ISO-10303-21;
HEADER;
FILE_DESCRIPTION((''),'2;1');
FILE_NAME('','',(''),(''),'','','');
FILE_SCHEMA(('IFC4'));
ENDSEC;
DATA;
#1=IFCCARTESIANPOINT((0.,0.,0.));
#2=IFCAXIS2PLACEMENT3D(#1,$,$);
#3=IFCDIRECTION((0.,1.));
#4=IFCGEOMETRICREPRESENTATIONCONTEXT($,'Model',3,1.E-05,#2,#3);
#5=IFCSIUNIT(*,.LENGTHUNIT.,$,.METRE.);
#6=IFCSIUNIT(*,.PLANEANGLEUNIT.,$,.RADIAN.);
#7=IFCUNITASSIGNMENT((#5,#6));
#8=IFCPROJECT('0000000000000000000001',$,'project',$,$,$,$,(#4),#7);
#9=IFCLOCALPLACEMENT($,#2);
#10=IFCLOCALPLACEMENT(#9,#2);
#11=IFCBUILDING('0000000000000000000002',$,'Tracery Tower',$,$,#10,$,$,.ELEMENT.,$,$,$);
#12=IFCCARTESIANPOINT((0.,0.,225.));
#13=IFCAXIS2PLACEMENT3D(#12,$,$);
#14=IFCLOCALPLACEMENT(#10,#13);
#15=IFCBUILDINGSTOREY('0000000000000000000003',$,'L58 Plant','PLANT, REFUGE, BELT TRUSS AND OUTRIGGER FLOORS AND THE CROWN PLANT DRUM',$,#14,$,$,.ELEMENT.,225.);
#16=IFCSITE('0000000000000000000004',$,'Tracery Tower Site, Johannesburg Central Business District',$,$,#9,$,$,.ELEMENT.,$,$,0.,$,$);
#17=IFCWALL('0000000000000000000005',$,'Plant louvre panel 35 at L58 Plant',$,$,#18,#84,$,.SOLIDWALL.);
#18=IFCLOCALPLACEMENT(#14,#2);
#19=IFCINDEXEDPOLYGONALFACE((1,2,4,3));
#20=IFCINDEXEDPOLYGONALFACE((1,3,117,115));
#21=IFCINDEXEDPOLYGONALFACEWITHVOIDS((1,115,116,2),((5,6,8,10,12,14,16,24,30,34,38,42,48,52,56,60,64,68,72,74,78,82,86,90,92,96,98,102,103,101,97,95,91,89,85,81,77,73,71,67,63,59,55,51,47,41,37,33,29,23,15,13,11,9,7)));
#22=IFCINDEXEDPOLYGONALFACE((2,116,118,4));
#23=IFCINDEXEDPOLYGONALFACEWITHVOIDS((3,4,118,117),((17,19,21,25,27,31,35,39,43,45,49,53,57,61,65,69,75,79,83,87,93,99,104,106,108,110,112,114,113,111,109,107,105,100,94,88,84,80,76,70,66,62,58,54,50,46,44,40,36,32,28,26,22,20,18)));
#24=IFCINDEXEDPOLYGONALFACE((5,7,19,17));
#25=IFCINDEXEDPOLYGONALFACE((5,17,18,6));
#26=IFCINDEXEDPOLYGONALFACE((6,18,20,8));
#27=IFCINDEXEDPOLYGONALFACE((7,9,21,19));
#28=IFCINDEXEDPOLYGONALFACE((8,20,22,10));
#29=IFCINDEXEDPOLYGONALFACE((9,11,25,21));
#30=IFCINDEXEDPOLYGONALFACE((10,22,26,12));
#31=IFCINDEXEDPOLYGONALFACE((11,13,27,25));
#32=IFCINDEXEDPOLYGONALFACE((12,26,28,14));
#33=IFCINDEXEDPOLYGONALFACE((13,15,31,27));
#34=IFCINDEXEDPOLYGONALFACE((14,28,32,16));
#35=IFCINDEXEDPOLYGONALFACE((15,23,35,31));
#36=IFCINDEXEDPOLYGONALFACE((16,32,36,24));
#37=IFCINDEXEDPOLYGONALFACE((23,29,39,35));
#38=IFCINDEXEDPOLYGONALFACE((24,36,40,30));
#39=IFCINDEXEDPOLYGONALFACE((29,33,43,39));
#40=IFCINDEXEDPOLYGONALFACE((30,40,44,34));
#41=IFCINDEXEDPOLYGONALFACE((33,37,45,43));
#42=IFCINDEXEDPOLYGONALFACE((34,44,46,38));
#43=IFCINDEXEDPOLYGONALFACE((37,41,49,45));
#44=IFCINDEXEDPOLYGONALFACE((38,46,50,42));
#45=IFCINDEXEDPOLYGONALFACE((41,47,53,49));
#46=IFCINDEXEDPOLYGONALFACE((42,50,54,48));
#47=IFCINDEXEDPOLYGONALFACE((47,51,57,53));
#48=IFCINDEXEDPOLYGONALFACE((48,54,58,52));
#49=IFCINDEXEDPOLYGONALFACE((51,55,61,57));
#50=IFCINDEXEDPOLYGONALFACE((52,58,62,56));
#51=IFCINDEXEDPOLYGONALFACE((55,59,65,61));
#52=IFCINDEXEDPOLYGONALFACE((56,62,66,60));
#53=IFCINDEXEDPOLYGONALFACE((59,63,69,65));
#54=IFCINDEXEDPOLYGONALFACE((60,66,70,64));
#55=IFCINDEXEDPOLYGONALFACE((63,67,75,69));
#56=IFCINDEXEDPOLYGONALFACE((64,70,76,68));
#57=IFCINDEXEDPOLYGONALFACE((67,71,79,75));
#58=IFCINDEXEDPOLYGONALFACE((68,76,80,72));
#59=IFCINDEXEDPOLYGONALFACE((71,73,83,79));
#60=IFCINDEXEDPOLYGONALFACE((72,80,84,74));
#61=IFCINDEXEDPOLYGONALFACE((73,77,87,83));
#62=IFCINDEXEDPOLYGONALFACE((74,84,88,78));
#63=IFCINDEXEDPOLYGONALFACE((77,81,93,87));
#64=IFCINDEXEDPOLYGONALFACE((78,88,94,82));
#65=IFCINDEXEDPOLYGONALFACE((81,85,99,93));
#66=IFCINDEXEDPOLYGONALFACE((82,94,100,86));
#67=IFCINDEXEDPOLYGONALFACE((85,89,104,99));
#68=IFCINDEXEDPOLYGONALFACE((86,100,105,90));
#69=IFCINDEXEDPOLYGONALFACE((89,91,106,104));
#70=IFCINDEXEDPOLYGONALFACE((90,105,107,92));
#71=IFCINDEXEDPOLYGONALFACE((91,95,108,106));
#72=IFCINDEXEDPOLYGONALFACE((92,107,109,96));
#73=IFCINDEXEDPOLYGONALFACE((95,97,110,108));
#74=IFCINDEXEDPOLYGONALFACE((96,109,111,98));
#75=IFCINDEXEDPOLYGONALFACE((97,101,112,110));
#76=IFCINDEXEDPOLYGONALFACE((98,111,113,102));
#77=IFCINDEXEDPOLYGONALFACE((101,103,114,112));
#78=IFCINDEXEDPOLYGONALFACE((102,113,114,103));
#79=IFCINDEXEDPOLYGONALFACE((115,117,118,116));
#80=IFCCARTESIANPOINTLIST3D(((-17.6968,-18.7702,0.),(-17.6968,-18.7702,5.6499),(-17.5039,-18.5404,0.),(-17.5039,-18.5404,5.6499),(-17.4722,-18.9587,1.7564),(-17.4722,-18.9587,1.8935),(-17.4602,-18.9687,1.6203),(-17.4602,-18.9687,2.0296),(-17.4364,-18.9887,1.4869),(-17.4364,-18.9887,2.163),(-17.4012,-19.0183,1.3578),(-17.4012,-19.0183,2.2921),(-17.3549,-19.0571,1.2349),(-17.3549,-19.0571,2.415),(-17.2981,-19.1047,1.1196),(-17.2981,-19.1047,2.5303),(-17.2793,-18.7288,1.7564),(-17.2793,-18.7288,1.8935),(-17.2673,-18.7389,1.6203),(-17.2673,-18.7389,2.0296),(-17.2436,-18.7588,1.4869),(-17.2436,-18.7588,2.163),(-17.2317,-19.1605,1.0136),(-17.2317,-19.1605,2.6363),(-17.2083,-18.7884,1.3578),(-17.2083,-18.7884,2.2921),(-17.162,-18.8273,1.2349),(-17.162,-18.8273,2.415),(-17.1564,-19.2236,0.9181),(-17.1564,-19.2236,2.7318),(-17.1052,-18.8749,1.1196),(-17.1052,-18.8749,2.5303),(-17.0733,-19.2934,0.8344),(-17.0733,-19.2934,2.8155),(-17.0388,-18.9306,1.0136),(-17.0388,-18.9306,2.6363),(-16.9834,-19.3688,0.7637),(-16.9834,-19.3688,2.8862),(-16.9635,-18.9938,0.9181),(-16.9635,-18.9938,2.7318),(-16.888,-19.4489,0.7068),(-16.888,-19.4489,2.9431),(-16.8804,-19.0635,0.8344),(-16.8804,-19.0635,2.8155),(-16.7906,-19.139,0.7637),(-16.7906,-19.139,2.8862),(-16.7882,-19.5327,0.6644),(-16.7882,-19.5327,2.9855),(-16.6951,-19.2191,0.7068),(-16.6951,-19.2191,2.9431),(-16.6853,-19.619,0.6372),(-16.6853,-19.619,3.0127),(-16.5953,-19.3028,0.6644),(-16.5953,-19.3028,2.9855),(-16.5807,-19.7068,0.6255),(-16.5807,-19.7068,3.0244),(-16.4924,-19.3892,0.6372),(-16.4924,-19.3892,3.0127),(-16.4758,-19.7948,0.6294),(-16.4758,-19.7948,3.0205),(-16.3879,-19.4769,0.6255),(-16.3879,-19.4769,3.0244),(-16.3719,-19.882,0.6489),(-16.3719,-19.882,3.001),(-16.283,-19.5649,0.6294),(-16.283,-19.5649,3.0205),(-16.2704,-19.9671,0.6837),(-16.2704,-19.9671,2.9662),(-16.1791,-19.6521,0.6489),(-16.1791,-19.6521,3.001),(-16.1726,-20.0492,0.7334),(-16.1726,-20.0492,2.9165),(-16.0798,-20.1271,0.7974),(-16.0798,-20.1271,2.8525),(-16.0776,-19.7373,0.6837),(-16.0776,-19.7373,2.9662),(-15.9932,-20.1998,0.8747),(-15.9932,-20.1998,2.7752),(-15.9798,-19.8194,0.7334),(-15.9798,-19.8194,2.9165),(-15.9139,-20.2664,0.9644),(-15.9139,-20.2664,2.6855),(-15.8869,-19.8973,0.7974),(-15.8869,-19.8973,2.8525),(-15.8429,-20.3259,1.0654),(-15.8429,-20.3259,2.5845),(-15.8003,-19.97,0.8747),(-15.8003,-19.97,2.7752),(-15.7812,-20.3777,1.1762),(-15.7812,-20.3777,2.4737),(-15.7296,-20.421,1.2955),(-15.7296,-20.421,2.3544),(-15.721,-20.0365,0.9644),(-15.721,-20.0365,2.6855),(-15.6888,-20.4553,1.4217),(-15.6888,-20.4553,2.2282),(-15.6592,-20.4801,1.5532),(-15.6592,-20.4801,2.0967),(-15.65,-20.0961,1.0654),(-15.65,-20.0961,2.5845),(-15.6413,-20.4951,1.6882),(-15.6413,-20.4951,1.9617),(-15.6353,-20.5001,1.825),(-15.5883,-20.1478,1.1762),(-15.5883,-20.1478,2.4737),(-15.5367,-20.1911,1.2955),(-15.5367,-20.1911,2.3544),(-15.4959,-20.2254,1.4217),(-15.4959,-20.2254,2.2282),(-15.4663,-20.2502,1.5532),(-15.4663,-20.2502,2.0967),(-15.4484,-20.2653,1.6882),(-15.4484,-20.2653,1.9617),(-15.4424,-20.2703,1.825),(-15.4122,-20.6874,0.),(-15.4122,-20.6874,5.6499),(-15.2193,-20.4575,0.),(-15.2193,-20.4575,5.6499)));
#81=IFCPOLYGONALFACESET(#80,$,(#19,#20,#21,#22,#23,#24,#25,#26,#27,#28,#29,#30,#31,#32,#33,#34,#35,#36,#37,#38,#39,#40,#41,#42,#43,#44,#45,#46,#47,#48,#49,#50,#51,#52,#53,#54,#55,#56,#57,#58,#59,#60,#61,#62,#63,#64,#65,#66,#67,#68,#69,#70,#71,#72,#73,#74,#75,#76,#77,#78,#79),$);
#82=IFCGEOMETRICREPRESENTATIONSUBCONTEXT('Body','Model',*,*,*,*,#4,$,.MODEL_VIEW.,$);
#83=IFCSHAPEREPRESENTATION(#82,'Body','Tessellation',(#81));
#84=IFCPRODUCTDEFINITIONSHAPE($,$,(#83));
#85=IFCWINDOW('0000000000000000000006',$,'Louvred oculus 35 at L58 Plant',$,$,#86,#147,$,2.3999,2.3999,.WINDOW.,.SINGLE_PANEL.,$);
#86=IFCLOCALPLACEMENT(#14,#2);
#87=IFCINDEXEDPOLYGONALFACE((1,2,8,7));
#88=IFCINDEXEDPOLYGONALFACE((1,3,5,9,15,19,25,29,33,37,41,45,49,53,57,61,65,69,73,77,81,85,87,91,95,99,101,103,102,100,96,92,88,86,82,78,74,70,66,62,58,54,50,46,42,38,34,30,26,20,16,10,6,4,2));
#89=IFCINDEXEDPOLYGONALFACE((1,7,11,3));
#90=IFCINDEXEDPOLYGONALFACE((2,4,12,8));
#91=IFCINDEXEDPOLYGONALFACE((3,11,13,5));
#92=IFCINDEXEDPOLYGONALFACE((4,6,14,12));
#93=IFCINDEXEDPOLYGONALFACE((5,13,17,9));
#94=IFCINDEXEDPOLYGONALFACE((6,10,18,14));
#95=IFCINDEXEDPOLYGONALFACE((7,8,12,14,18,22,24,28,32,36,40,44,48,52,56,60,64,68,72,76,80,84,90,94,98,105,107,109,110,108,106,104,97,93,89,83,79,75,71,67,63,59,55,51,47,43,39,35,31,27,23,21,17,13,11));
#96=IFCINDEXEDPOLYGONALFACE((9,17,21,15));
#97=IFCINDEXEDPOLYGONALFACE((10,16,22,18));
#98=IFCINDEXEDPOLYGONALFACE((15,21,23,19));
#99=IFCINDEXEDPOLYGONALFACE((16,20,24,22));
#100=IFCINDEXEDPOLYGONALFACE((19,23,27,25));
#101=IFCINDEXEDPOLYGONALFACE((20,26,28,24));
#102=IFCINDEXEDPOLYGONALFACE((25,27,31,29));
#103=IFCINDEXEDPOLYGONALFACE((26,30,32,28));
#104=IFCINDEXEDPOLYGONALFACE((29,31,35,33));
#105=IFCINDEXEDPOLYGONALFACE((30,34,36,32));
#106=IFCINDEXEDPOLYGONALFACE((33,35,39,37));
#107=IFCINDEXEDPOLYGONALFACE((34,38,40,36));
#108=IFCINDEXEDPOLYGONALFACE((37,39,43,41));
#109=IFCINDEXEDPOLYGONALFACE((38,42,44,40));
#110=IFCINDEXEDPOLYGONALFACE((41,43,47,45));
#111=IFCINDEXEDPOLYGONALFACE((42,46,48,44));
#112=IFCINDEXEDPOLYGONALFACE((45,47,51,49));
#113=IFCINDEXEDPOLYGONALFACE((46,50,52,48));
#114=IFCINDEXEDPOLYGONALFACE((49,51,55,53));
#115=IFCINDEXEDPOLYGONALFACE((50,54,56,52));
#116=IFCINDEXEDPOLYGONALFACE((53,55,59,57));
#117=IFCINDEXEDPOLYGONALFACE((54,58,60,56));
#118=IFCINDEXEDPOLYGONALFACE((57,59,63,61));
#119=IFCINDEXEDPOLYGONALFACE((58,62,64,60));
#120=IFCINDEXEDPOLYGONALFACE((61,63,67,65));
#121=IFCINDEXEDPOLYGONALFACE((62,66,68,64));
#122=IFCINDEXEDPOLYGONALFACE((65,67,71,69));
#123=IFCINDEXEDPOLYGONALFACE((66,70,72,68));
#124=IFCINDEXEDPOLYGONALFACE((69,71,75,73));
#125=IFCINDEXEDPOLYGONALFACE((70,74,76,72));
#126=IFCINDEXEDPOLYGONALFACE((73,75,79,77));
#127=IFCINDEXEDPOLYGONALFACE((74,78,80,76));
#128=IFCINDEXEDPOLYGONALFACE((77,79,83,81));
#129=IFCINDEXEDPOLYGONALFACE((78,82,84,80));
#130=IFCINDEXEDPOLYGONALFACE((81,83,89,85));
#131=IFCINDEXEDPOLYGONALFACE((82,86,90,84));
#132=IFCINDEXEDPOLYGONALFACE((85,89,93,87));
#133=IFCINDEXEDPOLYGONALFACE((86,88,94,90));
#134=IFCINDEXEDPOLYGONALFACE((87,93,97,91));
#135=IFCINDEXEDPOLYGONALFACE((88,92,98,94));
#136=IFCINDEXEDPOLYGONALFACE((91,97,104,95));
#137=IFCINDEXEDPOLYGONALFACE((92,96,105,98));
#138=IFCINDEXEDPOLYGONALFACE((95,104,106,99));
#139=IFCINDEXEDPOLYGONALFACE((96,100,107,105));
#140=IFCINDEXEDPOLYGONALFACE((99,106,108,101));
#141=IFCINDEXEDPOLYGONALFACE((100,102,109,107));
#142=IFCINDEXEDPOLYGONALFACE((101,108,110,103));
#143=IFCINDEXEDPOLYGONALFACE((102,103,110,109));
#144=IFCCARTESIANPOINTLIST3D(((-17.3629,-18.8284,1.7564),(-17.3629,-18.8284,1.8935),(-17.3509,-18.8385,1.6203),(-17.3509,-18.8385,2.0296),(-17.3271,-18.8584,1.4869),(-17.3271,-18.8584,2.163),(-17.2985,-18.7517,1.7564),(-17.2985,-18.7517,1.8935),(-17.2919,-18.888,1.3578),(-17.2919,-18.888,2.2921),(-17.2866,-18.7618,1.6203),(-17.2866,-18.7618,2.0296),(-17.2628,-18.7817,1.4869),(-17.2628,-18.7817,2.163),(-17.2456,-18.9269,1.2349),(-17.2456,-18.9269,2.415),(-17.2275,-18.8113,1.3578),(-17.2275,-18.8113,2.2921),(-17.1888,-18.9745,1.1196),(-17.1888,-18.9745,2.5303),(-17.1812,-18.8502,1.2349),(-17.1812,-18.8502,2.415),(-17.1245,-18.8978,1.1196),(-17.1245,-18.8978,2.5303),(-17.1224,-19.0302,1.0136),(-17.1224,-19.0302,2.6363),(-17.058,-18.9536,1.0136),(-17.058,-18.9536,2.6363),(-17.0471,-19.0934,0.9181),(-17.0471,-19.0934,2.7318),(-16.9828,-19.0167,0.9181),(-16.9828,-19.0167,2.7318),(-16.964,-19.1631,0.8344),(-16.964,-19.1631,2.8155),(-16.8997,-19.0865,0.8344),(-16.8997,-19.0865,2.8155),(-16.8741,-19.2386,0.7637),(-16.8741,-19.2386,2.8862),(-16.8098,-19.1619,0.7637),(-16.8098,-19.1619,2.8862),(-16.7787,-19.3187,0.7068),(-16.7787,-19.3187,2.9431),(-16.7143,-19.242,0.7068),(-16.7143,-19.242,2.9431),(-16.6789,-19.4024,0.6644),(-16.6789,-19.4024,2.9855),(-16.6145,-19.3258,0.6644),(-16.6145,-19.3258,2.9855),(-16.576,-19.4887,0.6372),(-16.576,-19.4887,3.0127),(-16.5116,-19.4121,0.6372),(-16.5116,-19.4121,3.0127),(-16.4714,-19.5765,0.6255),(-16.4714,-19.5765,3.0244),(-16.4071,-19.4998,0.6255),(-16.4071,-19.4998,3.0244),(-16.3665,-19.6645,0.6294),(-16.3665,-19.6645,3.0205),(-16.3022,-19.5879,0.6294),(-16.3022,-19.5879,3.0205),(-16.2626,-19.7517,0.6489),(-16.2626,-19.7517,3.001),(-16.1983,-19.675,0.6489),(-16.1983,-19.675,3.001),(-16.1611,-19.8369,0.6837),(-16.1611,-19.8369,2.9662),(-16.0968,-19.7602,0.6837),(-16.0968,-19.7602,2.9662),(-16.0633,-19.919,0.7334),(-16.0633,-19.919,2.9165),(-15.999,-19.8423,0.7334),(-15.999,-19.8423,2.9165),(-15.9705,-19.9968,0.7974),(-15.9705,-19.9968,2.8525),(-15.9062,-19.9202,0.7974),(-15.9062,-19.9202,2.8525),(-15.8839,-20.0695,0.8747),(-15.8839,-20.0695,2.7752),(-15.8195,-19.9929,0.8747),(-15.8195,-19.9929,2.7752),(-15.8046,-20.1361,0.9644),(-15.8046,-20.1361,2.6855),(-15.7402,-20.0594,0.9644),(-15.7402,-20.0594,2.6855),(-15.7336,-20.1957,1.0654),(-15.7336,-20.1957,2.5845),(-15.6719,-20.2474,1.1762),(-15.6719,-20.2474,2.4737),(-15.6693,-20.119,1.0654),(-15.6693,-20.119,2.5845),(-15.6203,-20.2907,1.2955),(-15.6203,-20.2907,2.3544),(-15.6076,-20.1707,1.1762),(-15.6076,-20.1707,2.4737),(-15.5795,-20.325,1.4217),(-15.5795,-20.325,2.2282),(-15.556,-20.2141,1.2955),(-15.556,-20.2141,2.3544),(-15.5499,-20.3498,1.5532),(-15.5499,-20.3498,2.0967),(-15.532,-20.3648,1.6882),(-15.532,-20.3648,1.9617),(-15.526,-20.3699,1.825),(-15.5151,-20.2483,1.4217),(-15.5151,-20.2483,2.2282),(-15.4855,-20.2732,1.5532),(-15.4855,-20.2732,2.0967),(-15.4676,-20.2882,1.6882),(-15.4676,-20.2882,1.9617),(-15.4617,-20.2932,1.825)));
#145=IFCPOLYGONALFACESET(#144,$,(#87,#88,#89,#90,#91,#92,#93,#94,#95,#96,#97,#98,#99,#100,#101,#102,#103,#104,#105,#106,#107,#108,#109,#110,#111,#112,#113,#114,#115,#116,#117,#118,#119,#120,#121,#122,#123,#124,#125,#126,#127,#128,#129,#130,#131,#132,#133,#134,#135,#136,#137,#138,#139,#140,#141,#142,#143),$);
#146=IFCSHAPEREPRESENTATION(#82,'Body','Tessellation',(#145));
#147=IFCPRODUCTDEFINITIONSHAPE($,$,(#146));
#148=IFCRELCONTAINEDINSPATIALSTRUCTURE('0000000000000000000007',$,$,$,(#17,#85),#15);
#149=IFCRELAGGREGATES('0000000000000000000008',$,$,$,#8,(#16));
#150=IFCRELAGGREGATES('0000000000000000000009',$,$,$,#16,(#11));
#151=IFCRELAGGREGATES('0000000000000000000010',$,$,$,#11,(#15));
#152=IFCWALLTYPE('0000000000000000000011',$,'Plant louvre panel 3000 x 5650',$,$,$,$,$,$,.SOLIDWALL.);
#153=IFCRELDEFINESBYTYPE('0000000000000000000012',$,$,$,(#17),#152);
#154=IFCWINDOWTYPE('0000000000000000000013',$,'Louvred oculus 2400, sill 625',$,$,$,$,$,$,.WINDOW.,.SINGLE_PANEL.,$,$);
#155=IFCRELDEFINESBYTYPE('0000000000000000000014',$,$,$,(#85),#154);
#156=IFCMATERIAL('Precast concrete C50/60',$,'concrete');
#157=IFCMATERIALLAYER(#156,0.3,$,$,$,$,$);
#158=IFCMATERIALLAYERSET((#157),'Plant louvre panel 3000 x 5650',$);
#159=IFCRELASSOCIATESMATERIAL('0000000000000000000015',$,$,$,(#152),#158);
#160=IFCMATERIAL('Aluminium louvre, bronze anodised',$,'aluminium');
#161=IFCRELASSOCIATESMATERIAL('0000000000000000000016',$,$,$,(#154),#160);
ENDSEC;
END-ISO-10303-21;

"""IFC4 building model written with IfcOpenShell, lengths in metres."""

from ifc_helpers import new_model, si_unit, direction, frame, frame_2d, origin, origin_2d, place, context, subcontext, project, spatial, rectangle, circle, extrude, material, layer, layer_set, type_object, element, fill, save


model = new_model("IFC4")

# Units and contexts
model_context = context("Model", 3, precision=1e-05, world=origin(), true_north=direction((0.0, 1.0)))
body_context = subcontext(model_context, "Body", "Model", "MODEL_VIEW")
ifc_project = project(units=[si_unit("LENGTHUNIT", "METRE"), si_unit("PLANEANGLEUNIT", "RADIAN")], contexts=[model_context])

# Site, building, storey
site_placement = place(None, origin())
site = spatial("IfcSite", under=ifc_project, at=site_placement, Name="Tracery Tower Site, Johannesburg Central Business District", CompositionType="ELEMENT", RefElevation=0.0)
building_placement = place(site_placement, origin())
building = spatial("IfcBuilding", under=site, at=building_placement, Name="Tracery Tower", CompositionType="ELEMENT")
storey_placement = place(building_placement, frame((0.0, 0.0, 225.0)))
storey = spatial("IfcBuildingStorey", under=building, at=storey_placement, Name="L58 Plant", Description="PLANT, REFUGE, BELT TRUSS AND OUTRIGGER FLOORS AND THE CROWN PLANT DRUM", CompositionType="ELEMENT", Elevation=225.0)

# Wall, opening, window
ifc_material_1 = material(Name="Precast concrete C50/60", Category="concrete")
ifc_layer_1 = layer(ifc_material_1, 0.3)
ifc_layer_set_1 = layer_set([ifc_layer_1], Name="Plant louvre panel 3000 x 5650")
wall_type_1 = type_object("IfcWallType", Name="Plant louvre panel 3000 x 5650", PredefinedType="SOLIDWALL", material=ifc_layer_set_1)
ifc_material_2 = material(Name="Aluminium louvre, bronze anodised", Category="aluminium")
window_type = type_object("IfcWindowType", Name="Louvred oculus 2400, sill 625", PartitioningType="SINGLE_PANEL", PredefinedType="WINDOW", material=ifc_material_2)
wall_1_placement = place(storey_placement, frame((-17.6003, -18.6553, 0.0), z_axis=(0.0, 0.0, 1.0), x_axis=(0.766016, -0.642822, 0.0)))
wall_1 = element("IfcWall", 1, at=wall_1_placement, inside=storey, type_object=wall_type_1, Name="Plant louvre panel 35 at L58 Plant", PredefinedType="SOLIDWALL", context=body_context, shape_type="SweptSolid", body=[
    extrude(rectangle(XDim=2.9824, YDim=0.3, at=frame_2d((1.4912, 0.0))), origin(), (0.0, 0.0, 1.0), 5.6499),
])
opening_1_placement = place(wall_1_placement, frame((1.4912, 0.0, 1.825)))
opening_1 = element("IfcOpeningElement", 2, at=opening_1_placement, cuts=wall_1, PredefinedType="OPENING", context=body_context, shape_type="SweptSolid", body=[
    extrude(circle(Radius=1.2, at=origin_2d()), frame((0.0, 0.1599, 0.0), z_axis=(0.0, -1.0, 0.0), x_axis=(1.0, 0.0, 0.0)), (0.0, 0.0, 1.0), 0.3201),
])
window_1_placement = place(opening_1_placement, origin())
window_1 = element("IfcWindow", 3, at=window_1_placement, inside=storey, type_object=window_type, Name="Louvred oculus 35 at L58 Plant", OverallHeight=2.3999, OverallWidth=2.3999, PartitioningType="SINGLE_PANEL", PredefinedType="WINDOW", context=body_context, shape_type="SweptSolid", body=[
    extrude(circle(Radius=1.2, at=origin_2d()), frame((0.0, 0.1201, 0.0), z_axis=(0.0, -1.0, 0.0), x_axis=(1.0, 0.0, 0.0)), (0.0, 0.0, 1.0), 0.1001),
])
fill(opening_1, window_1)

save(model, "model.ifc")
